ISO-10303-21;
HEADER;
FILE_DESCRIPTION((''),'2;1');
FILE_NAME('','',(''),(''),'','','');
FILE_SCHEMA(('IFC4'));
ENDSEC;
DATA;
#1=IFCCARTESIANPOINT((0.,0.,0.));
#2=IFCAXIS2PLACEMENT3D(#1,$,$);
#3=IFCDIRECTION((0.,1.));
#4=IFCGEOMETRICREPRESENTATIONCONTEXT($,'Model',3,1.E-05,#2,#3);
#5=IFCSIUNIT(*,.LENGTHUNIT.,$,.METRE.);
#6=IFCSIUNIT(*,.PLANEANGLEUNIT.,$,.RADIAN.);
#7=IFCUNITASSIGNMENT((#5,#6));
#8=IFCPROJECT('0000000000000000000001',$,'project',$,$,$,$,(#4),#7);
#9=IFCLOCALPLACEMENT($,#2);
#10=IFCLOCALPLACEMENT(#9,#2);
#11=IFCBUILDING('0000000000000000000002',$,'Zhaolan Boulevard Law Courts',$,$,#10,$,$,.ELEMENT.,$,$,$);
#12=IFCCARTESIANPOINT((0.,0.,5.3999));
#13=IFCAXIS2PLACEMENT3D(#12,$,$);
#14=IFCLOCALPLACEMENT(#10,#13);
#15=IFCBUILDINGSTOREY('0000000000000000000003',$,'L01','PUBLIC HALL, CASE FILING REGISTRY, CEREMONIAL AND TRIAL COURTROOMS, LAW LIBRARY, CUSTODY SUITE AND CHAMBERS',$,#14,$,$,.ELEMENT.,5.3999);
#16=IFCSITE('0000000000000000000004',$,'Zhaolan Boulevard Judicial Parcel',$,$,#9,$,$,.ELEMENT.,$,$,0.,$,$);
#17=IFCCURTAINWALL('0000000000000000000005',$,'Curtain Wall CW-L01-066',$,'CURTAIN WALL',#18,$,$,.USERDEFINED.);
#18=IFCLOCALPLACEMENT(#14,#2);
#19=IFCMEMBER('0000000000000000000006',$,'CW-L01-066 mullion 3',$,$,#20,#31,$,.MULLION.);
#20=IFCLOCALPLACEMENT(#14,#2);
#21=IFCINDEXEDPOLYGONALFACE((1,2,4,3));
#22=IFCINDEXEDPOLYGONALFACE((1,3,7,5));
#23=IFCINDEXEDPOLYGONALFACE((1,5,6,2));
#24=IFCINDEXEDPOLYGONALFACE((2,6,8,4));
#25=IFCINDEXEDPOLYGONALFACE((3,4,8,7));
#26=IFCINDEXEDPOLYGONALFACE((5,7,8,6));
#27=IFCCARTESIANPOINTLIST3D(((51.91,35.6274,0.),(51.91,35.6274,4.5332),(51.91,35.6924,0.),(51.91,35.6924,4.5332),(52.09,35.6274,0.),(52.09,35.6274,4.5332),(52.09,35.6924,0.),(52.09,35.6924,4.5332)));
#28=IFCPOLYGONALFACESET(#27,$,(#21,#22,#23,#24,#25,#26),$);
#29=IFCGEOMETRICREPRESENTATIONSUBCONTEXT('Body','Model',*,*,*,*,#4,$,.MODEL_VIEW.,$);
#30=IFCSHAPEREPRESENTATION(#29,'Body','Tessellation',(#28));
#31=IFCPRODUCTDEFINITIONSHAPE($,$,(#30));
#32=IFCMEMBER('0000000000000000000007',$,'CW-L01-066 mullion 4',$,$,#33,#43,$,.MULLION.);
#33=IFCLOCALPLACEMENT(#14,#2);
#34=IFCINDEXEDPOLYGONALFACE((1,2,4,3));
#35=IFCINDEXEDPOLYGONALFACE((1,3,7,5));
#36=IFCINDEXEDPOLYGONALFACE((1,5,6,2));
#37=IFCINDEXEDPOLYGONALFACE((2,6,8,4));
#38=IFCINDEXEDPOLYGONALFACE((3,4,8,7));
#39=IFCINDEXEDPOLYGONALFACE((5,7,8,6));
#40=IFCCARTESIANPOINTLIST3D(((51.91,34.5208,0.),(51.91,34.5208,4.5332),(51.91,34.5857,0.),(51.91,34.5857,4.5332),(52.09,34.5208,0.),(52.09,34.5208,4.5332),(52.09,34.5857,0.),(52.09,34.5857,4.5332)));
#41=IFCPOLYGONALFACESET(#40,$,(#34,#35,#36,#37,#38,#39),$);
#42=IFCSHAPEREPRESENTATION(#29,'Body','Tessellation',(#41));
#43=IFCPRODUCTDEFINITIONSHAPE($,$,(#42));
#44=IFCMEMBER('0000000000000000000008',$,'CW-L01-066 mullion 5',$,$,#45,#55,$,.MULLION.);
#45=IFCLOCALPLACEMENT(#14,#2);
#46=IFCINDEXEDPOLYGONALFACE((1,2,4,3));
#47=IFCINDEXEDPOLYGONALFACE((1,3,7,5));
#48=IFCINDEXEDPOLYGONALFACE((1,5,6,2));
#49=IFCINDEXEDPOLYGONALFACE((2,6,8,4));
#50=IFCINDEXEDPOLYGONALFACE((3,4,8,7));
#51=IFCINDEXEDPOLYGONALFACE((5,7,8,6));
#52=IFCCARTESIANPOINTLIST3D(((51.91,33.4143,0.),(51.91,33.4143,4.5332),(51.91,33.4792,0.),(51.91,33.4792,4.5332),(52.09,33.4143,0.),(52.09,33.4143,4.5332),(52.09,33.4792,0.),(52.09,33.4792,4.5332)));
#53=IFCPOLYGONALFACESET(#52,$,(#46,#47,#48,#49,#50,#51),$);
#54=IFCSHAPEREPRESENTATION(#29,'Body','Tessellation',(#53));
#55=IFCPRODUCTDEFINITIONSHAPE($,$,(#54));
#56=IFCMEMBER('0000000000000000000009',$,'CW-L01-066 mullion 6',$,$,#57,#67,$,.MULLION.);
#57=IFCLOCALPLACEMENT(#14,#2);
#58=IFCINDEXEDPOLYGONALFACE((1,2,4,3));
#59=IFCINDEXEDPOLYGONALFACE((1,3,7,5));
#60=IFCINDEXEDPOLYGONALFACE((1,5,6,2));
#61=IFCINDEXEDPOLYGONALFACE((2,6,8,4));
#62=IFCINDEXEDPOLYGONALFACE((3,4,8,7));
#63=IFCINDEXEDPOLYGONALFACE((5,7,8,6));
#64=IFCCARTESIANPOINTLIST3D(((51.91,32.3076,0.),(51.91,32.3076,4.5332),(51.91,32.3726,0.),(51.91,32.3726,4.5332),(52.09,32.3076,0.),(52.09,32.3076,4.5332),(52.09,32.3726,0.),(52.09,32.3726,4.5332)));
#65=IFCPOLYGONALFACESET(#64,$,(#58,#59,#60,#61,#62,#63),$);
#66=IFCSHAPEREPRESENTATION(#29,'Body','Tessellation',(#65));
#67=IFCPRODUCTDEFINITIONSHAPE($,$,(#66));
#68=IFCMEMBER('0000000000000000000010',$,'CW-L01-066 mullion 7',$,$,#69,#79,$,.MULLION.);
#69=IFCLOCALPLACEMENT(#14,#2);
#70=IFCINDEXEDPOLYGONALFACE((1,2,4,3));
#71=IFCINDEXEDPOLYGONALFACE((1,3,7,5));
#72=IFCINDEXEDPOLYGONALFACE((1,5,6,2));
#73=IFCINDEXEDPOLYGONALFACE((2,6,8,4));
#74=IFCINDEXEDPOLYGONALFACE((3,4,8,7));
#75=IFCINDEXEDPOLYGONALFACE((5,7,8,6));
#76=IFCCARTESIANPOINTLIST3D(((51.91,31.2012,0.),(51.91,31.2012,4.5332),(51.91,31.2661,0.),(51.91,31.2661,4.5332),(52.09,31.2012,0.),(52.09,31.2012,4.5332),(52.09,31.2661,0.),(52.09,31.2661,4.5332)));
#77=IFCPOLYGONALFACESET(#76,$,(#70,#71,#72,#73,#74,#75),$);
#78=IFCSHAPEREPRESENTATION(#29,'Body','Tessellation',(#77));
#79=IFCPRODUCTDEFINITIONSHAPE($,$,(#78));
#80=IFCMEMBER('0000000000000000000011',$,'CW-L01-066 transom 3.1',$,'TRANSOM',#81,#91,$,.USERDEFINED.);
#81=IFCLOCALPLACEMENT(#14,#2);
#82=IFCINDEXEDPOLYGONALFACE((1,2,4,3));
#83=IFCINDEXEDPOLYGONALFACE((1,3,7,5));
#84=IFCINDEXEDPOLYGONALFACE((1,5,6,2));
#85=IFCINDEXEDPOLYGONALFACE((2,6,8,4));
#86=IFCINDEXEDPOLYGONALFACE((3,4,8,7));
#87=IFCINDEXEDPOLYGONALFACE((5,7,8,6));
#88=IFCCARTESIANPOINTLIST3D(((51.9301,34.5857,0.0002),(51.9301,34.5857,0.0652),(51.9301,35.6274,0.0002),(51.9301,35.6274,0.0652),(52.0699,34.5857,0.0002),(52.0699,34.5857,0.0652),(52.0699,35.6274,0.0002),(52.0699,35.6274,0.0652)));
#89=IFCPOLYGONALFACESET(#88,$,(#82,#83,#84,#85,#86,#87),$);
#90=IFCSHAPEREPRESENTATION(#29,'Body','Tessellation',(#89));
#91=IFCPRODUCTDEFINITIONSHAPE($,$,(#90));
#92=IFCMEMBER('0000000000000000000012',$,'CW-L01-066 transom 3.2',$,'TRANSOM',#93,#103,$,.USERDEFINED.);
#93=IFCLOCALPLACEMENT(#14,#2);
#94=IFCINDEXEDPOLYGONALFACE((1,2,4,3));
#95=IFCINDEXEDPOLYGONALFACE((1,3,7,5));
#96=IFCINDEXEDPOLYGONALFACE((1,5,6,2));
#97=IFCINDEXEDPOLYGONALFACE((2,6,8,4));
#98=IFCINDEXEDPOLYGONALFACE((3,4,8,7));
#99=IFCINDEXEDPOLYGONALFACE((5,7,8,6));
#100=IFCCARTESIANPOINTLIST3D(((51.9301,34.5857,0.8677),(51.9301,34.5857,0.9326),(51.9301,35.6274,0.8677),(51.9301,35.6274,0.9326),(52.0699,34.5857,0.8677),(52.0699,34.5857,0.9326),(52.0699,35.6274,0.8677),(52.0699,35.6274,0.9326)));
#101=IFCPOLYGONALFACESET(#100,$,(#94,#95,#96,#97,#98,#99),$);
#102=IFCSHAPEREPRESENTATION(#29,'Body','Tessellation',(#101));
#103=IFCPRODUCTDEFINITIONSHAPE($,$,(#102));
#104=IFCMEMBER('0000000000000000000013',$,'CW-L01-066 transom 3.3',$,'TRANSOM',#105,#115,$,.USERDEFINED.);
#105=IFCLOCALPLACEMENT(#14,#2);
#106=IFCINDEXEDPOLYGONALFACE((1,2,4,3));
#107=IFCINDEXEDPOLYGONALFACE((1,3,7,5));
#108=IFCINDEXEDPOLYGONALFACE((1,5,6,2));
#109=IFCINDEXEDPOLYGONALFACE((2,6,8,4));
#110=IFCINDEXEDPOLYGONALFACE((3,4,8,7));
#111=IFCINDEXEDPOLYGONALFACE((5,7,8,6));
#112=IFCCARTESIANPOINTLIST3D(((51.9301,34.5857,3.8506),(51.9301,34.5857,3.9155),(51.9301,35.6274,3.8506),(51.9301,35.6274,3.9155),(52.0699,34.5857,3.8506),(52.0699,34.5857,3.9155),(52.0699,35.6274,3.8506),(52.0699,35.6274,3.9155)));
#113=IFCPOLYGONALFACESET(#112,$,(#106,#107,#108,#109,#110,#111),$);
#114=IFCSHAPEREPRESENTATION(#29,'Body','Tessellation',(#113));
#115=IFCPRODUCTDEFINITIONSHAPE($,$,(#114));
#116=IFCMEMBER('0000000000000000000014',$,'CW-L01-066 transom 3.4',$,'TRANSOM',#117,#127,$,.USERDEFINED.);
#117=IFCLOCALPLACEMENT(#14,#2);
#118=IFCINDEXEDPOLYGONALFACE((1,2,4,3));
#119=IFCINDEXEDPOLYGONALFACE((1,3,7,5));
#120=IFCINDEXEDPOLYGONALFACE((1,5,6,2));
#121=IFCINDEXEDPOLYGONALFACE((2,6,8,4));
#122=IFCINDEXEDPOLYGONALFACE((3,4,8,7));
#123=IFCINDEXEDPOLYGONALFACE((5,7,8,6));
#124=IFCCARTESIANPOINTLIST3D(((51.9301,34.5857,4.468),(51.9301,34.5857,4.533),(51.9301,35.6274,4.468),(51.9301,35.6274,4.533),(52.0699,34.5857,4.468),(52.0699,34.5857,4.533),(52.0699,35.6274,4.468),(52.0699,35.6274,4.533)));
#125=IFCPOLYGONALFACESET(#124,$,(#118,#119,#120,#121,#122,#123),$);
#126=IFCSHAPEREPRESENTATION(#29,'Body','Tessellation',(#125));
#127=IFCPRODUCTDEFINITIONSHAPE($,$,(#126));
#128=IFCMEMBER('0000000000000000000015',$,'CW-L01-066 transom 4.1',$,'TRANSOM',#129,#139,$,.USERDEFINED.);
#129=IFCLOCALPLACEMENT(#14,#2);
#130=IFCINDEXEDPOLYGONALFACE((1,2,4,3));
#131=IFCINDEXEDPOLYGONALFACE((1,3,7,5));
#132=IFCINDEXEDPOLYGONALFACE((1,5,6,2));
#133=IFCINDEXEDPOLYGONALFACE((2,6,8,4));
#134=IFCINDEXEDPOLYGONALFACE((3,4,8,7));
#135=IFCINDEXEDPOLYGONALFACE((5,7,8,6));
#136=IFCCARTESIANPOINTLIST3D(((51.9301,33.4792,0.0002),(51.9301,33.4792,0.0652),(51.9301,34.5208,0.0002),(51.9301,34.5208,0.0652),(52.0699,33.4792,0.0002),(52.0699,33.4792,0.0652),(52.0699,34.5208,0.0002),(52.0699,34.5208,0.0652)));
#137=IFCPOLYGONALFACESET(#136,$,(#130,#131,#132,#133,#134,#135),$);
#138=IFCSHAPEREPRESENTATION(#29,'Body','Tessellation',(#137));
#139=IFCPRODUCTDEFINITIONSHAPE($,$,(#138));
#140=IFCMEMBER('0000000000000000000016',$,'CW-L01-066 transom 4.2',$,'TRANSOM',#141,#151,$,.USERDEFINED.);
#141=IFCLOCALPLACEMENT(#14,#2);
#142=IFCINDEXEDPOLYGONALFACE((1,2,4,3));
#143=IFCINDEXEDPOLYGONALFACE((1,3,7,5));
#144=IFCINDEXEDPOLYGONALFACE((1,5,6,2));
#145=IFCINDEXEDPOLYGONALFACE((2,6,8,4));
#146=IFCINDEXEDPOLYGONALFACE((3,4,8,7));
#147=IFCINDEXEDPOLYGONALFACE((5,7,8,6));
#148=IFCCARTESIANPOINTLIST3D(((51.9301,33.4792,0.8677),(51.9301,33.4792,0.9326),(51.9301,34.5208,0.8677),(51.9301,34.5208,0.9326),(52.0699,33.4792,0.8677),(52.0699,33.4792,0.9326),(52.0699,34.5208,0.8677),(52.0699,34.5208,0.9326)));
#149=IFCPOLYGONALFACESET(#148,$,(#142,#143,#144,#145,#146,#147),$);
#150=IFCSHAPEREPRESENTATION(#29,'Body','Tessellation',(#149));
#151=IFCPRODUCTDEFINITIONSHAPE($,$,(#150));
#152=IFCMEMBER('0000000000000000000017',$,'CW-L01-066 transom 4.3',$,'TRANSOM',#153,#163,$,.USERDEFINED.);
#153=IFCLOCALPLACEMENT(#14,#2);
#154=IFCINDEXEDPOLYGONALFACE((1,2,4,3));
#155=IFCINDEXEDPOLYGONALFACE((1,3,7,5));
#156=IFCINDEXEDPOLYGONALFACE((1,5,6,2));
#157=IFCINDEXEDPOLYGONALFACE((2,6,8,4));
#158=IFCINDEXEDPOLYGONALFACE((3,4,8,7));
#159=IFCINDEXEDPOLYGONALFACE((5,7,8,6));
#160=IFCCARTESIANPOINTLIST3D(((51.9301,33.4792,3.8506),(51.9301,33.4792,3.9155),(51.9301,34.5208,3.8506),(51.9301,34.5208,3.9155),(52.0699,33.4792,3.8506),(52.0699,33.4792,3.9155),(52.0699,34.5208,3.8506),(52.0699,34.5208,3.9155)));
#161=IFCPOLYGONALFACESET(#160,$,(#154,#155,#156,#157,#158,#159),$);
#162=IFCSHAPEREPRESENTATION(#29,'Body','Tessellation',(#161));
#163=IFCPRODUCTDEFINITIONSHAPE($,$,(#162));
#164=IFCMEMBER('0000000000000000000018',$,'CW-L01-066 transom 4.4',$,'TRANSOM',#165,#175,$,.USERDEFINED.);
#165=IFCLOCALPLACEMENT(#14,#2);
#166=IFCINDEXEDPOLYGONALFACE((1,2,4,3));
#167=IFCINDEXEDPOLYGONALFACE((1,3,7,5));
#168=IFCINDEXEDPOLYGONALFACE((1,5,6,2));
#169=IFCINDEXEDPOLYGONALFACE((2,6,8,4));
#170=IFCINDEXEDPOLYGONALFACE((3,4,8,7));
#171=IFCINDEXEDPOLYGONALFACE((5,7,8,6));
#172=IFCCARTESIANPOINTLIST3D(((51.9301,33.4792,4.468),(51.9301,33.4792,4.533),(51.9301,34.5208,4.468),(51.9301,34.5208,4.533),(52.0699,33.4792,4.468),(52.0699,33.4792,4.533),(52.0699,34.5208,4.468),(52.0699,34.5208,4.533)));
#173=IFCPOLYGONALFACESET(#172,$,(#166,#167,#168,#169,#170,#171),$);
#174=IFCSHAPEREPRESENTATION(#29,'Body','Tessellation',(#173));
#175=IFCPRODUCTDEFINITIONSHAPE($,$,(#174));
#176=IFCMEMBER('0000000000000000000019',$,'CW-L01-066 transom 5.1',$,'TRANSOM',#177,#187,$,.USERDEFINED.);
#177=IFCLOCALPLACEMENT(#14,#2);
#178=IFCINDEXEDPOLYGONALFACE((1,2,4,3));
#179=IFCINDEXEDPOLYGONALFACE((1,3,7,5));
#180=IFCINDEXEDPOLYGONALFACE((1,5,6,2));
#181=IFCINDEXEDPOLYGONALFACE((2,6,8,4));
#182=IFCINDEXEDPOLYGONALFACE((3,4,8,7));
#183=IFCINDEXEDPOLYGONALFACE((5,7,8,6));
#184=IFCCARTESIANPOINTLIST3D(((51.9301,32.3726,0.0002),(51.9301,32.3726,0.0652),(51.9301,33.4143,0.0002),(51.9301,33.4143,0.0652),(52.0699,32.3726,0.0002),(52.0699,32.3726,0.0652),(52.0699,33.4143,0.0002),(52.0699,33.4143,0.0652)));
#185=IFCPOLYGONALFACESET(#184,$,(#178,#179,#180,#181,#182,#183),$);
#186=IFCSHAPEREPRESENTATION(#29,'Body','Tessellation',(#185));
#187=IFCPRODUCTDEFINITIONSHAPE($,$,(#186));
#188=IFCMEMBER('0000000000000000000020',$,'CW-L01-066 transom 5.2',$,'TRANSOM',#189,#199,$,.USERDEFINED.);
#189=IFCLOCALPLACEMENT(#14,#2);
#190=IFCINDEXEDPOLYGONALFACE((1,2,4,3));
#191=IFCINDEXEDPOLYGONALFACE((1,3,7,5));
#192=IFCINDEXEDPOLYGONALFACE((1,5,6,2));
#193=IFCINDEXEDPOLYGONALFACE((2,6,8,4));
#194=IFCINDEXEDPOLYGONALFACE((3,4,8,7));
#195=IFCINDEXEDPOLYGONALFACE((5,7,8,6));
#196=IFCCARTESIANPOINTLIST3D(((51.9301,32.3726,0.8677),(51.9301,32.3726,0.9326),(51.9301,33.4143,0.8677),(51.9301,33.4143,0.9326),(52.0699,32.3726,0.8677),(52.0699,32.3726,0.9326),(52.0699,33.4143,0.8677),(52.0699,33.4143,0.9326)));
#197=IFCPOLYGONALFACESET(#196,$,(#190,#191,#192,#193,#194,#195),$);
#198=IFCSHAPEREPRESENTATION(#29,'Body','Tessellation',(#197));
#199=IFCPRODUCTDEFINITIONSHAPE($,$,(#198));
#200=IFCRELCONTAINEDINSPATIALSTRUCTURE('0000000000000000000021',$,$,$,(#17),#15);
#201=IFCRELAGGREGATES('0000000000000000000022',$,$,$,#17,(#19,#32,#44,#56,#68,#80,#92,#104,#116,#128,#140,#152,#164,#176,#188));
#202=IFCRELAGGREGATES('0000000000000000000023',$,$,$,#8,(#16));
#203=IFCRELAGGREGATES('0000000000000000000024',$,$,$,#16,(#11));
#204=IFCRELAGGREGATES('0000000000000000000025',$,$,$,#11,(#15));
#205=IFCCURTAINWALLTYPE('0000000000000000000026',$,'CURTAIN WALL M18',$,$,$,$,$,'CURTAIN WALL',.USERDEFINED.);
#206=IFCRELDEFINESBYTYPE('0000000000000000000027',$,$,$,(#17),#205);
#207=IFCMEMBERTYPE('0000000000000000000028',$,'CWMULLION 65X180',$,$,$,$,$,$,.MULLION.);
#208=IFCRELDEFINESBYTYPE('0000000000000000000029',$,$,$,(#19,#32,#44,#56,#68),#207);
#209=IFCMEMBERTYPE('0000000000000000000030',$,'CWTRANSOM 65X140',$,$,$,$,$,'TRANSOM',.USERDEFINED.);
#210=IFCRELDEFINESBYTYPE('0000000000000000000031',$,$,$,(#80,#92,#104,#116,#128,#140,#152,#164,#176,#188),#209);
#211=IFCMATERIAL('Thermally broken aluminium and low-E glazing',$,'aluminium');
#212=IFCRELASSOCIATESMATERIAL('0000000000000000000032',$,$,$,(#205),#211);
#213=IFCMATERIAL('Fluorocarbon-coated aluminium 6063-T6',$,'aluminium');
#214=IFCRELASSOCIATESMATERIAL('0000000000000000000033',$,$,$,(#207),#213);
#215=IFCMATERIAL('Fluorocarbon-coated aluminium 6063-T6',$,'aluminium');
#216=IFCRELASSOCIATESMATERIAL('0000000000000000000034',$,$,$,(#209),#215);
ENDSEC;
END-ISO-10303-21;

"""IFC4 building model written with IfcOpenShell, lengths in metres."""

from ifc_helpers import new_model, si_unit, direction, frame, origin, origin_2d, place, context, subcontext, project, spatial, rectangle, extrude, material, material_profile, profile_set, type_object, element, aggregate, save


model = new_model("IFC4")

# Units and contexts
model_context = context("Model", 3, precision=1e-05, world=origin(), true_north=direction((0.0, 1.0)))
body_context = subcontext(model_context, "Body", "Model", "MODEL_VIEW")
ifc_project = project(units=[si_unit("LENGTHUNIT", "METRE"), si_unit("PLANEANGLEUNIT", "RADIAN")], contexts=[model_context])

# Site, building, storey
site_placement = place(None, origin())
site = spatial("IfcSite", under=ifc_project, at=site_placement, Name="Zhaolan Boulevard Judicial Parcel", CompositionType="ELEMENT", RefElevation=0.0)
building_placement = place(site_placement, origin())
building = spatial("IfcBuilding", under=site, at=building_placement, Name="Zhaolan Boulevard Law Courts", CompositionType="ELEMENT")
storey_placement = place(building_placement, frame((0.0, 0.0, 5.3999)))
storey = spatial("IfcBuildingStorey", under=building, at=storey_placement, Name="L01", Description="PUBLIC HALL, CASE FILING REGISTRY, CEREMONIAL AND TRIAL COURTROOMS, LAW LIBRARY, CUSTODY SUITE AND CHAMBERS", CompositionType="ELEMENT", Elevation=5.3999)

# Curtain wall, members
ifc_material_1 = material(Name="Thermally broken aluminium and low-E glazing", Category="aluminium")
curtain_wall_type = type_object("IfcCurtainWallType", Name="CURTAIN WALL M18", ElementType="CURTAIN WALL", PredefinedType="USERDEFINED", material=ifc_material_1)
curtain_wall_placement = place(storey_placement, origin())
curtain_wall = element("IfcCurtainWall", 1, at=curtain_wall_placement, inside=storey, type_object=curtain_wall_type, Name="Curtain Wall CW-L01-066", ObjectType="CURTAIN WALL", PredefinedType="USERDEFINED")
ifc_material_2 = material(Name="Fluorocarbon-coated aluminium 6063-T6", Category="aluminium")
ifc_material_profile_1 = material_profile(ifc_material_2, rectangle(XDim=0.1799, YDim=0.0649, at=origin_2d()), Name="AL65x180")
ifc_profile_set_1 = profile_set([ifc_material_profile_1], Name="Fluorocarbon-coated aluminium 6063-T6")
member_type_1 = type_object("IfcMemberType", Name="CWMULLION 65X180", PredefinedType="MULLION", material=ifc_profile_set_1)
member_1_placement = place(storey_placement, frame((52.0, 35.6599, 0.0), z_axis=(0.0, 0.0, 1.0), x_axis=(1.0, 0.0, 0.0)))
member_1 = element("IfcMember", 2, at=member_1_placement, type_object=member_type_1, Name="CW-L01-066 mullion 3", PredefinedType="MULLION", context=body_context, shape_type="SweptSolid", body=[
    extrude(rectangle(XDim=0.1799, YDim=0.0649, at=origin_2d()), origin(), (0.0, 0.0, 1.0), 4.5332),
])
member_2_placement = place(storey_placement, frame((52.0, 34.5532, 0.0), z_axis=(0.0, 0.0, 1.0), x_axis=(1.0, 0.0, 0.0)))
member_2 = element("IfcMember", 3, at=member_2_placement, type_object=member_type_1, Name="CW-L01-066 mullion 4", PredefinedType="MULLION", context=body_context, shape_type="SweptSolid", body=[
    extrude(rectangle(XDim=0.1799, YDim=0.0649, at=origin_2d()), origin(), (0.0, 0.0, 1.0), 4.5332),
])
member_3_placement = place(storey_placement, frame((52.0, 33.4468, 0.0), z_axis=(0.0, 0.0, 1.0), x_axis=(1.0, 0.0, 0.0)))
member_3 = element("IfcMember", 4, at=member_3_placement, type_object=member_type_1, Name="CW-L01-066 mullion 5", PredefinedType="MULLION", context=body_context, shape_type="SweptSolid", body=[
    extrude(rectangle(XDim=0.1799, YDim=0.0649, at=origin_2d()), origin(), (0.0, 0.0, 1.0), 4.5332),
])
member_4_placement = place(storey_placement, frame((52.0, 32.3401, 0.0), z_axis=(0.0, 0.0, 1.0), x_axis=(1.0, 0.0, 0.0)))
member_4 = element("IfcMember", 5, at=member_4_placement, type_object=member_type_1, Name="CW-L01-066 mullion 6", PredefinedType="MULLION", context=body_context, shape_type="SweptSolid", body=[
    extrude(rectangle(XDim=0.1799, YDim=0.0649, at=origin_2d()), origin(), (0.0, 0.0, 1.0), 4.5332),
])
member_5_placement = place(storey_placement, frame((52.0, 31.2336, 0.0), z_axis=(0.0, 0.0, 1.0), x_axis=(1.0, 0.0, 0.0)))
member_5 = element("IfcMember", 6, at=member_5_placement, type_object=member_type_1, Name="CW-L01-066 mullion 7", PredefinedType="MULLION", context=body_context, shape_type="SweptSolid", body=[
    extrude(rectangle(XDim=0.1799, YDim=0.0649, at=origin_2d()), origin(), (0.0, 0.0, 1.0), 4.5332),
])
ifc_material_3 = material(Name="Fluorocarbon-coated aluminium 6063-T6", Category="aluminium")
ifc_material_profile_2 = material_profile(ifc_material_3, rectangle(XDim=0.1399, YDim=0.0649, at=origin_2d()), Name="AL65x140")
ifc_profile_set_2 = profile_set([ifc_material_profile_2], Name="Fluorocarbon-coated aluminium 6063-T6")
member_type_2 = type_object("IfcMemberType", Name="CWTRANSOM 65X140", ElementType="TRANSOM", PredefinedType="USERDEFINED", material=ifc_profile_set_2)
member_6_placement = place(storey_placement, frame((52.0, 35.6274, 0.0327), z_axis=(0.0, -1.0, 0.0), x_axis=(1.0, 0.0, 0.0)))
member_6 = element("IfcMember", 7, at=member_6_placement, type_object=member_type_2, Name="CW-L01-066 transom 3.1", ObjectType="TRANSOM", PredefinedType="USERDEFINED", context=body_context, shape_type="SweptSolid", body=[
    extrude(rectangle(XDim=0.1399, YDim=0.0649, at=origin_2d()), origin(), (0.0, 0.0, 1.0), 1.0417),
])
member_7_placement = place(storey_placement, frame((52.0, 35.6274, 0.9001), z_axis=(0.0, -1.0, 0.0), x_axis=(1.0, 0.0, 0.0)))
member_7 = element("IfcMember", 8, at=member_7_placement, type_object=member_type_2, Name="CW-L01-066 transom 3.2", ObjectType="TRANSOM", PredefinedType="USERDEFINED", context=body_context, shape_type="SweptSolid", body=[
    extrude(rectangle(XDim=0.1399, YDim=0.0649, at=origin_2d()), origin(), (0.0, 0.0, 1.0), 1.0417),
])
member_8_placement = place(storey_placement, frame((52.0, 35.6274, 3.8831), z_axis=(0.0, -1.0, 0.0), x_axis=(1.0, 0.0, 0.0)))
member_8 = element("IfcMember", 9, at=member_8_placement, type_object=member_type_2, Name="CW-L01-066 transom 3.3", ObjectType="TRANSOM", PredefinedType="USERDEFINED", context=body_context, shape_type="SweptSolid", body=[
    extrude(rectangle(XDim=0.1399, YDim=0.0649, at=origin_2d()), origin(), (0.0, 0.0, 1.0), 1.0417),
])
member_9_placement = place(storey_placement, frame((52.0, 35.6274, 4.5005), z_axis=(0.0, -1.0, 0.0), x_axis=(1.0, 0.0, 0.0)))
member_9 = element("IfcMember", 10, at=member_9_placement, type_object=member_type_2, Name="CW-L01-066 transom 3.4", ObjectType="TRANSOM", PredefinedType="USERDEFINED", context=body_context, shape_type="SweptSolid", body=[
    extrude(rectangle(XDim=0.1399, YDim=0.0649, at=origin_2d()), origin(), (0.0, 0.0, 1.0), 1.0417),
])
member_10_placement = place(storey_placement, frame((52.0, 34.5208, 0.0327), z_axis=(0.0, -1.0, 0.0), x_axis=(1.0, 0.0, 0.0)))
member_10 = element("IfcMember", 11, at=member_10_placement, type_object=member_type_2, Name="CW-L01-066 transom 4.1", ObjectType="TRANSOM", PredefinedType="USERDEFINED", context=body_context, shape_type="SweptSolid", body=[
    extrude(rectangle(XDim=0.1399, YDim=0.0649, at=origin_2d()), origin(), (0.0, 0.0, 1.0), 1.0415),
])
member_11_placement = place(storey_placement, frame((52.0, 34.5208, 0.9001), z_axis=(0.0, -1.0, 0.0), x_axis=(1.0, 0.0, 0.0)))
member_11 = element("IfcMember", 12, at=member_11_placement, type_object=member_type_2, Name="CW-L01-066 transom 4.2", ObjectType="TRANSOM", PredefinedType="USERDEFINED", context=body_context, shape_type="SweptSolid", body=[
    extrude(rectangle(XDim=0.1399, YDim=0.0649, at=origin_2d()), origin(), (0.0, 0.0, 1.0), 1.0415),
])
member_12_placement = place(storey_placement, frame((52.0, 34.5208, 3.8831), z_axis=(0.0, -1.0, 0.0), x_axis=(1.0, 0.0, 0.0)))
member_12 = element("IfcMember", 13, at=member_12_placement, type_object=member_type_2, Name="CW-L01-066 transom 4.3", ObjectType="TRANSOM", PredefinedType="USERDEFINED", context=body_context, shape_type="SweptSolid", body=[
    extrude(rectangle(XDim=0.1399, YDim=0.0649, at=origin_2d()), origin(), (0.0, 0.0, 1.0), 1.0415),
])
member_13_placement = place(storey_placement, frame((52.0, 34.5208, 4.5005), z_axis=(0.0, -1.0, 0.0), x_axis=(1.0, 0.0, 0.0)))
member_13 = element("IfcMember", 14, at=member_13_placement, type_object=member_type_2, Name="CW-L01-066 transom 4.4", ObjectType="TRANSOM", PredefinedType="USERDEFINED", context=body_context, shape_type="SweptSolid", body=[
    extrude(rectangle(XDim=0.1399, YDim=0.0649, at=origin_2d()), origin(), (0.0, 0.0, 1.0), 1.0415),
])
member_14_placement = place(storey_placement, frame((52.0, 33.4143, 0.0327), z_axis=(0.0, -1.0, 0.0), x_axis=(1.0, 0.0, 0.0)))
member_14 = element("IfcMember", 15, at=member_14_placement, type_object=member_type_2, Name="CW-L01-066 transom 5.1", ObjectType="TRANSOM", PredefinedType="USERDEFINED", context=body_context, shape_type="SweptSolid", body=[
    extrude(rectangle(XDim=0.1399, YDim=0.0649, at=origin_2d()), origin(), (0.0, 0.0, 1.0), 1.0417),
])
member_15_placement = place(storey_placement, frame((52.0, 33.4143, 0.9001), z_axis=(0.0, -1.0, 0.0), x_axis=(1.0, 0.0, 0.0)))
member_15 = element("IfcMember", 16, at=member_15_placement, type_object=member_type_2, Name="CW-L01-066 transom 5.2", ObjectType="TRANSOM", PredefinedType="USERDEFINED", context=body_context, shape_type="SweptSolid", body=[
    extrude(rectangle(XDim=0.1399, YDim=0.0649, at=origin_2d()), origin(), (0.0, 0.0, 1.0), 1.0417),
])
aggregate(curtain_wall, [member_1, member_2, member_3, member_4, member_5, member_6, member_7, member_8, member_9, member_10, member_11, member_12, member_13, member_14, member_15])

save(model, "model.ifc")
